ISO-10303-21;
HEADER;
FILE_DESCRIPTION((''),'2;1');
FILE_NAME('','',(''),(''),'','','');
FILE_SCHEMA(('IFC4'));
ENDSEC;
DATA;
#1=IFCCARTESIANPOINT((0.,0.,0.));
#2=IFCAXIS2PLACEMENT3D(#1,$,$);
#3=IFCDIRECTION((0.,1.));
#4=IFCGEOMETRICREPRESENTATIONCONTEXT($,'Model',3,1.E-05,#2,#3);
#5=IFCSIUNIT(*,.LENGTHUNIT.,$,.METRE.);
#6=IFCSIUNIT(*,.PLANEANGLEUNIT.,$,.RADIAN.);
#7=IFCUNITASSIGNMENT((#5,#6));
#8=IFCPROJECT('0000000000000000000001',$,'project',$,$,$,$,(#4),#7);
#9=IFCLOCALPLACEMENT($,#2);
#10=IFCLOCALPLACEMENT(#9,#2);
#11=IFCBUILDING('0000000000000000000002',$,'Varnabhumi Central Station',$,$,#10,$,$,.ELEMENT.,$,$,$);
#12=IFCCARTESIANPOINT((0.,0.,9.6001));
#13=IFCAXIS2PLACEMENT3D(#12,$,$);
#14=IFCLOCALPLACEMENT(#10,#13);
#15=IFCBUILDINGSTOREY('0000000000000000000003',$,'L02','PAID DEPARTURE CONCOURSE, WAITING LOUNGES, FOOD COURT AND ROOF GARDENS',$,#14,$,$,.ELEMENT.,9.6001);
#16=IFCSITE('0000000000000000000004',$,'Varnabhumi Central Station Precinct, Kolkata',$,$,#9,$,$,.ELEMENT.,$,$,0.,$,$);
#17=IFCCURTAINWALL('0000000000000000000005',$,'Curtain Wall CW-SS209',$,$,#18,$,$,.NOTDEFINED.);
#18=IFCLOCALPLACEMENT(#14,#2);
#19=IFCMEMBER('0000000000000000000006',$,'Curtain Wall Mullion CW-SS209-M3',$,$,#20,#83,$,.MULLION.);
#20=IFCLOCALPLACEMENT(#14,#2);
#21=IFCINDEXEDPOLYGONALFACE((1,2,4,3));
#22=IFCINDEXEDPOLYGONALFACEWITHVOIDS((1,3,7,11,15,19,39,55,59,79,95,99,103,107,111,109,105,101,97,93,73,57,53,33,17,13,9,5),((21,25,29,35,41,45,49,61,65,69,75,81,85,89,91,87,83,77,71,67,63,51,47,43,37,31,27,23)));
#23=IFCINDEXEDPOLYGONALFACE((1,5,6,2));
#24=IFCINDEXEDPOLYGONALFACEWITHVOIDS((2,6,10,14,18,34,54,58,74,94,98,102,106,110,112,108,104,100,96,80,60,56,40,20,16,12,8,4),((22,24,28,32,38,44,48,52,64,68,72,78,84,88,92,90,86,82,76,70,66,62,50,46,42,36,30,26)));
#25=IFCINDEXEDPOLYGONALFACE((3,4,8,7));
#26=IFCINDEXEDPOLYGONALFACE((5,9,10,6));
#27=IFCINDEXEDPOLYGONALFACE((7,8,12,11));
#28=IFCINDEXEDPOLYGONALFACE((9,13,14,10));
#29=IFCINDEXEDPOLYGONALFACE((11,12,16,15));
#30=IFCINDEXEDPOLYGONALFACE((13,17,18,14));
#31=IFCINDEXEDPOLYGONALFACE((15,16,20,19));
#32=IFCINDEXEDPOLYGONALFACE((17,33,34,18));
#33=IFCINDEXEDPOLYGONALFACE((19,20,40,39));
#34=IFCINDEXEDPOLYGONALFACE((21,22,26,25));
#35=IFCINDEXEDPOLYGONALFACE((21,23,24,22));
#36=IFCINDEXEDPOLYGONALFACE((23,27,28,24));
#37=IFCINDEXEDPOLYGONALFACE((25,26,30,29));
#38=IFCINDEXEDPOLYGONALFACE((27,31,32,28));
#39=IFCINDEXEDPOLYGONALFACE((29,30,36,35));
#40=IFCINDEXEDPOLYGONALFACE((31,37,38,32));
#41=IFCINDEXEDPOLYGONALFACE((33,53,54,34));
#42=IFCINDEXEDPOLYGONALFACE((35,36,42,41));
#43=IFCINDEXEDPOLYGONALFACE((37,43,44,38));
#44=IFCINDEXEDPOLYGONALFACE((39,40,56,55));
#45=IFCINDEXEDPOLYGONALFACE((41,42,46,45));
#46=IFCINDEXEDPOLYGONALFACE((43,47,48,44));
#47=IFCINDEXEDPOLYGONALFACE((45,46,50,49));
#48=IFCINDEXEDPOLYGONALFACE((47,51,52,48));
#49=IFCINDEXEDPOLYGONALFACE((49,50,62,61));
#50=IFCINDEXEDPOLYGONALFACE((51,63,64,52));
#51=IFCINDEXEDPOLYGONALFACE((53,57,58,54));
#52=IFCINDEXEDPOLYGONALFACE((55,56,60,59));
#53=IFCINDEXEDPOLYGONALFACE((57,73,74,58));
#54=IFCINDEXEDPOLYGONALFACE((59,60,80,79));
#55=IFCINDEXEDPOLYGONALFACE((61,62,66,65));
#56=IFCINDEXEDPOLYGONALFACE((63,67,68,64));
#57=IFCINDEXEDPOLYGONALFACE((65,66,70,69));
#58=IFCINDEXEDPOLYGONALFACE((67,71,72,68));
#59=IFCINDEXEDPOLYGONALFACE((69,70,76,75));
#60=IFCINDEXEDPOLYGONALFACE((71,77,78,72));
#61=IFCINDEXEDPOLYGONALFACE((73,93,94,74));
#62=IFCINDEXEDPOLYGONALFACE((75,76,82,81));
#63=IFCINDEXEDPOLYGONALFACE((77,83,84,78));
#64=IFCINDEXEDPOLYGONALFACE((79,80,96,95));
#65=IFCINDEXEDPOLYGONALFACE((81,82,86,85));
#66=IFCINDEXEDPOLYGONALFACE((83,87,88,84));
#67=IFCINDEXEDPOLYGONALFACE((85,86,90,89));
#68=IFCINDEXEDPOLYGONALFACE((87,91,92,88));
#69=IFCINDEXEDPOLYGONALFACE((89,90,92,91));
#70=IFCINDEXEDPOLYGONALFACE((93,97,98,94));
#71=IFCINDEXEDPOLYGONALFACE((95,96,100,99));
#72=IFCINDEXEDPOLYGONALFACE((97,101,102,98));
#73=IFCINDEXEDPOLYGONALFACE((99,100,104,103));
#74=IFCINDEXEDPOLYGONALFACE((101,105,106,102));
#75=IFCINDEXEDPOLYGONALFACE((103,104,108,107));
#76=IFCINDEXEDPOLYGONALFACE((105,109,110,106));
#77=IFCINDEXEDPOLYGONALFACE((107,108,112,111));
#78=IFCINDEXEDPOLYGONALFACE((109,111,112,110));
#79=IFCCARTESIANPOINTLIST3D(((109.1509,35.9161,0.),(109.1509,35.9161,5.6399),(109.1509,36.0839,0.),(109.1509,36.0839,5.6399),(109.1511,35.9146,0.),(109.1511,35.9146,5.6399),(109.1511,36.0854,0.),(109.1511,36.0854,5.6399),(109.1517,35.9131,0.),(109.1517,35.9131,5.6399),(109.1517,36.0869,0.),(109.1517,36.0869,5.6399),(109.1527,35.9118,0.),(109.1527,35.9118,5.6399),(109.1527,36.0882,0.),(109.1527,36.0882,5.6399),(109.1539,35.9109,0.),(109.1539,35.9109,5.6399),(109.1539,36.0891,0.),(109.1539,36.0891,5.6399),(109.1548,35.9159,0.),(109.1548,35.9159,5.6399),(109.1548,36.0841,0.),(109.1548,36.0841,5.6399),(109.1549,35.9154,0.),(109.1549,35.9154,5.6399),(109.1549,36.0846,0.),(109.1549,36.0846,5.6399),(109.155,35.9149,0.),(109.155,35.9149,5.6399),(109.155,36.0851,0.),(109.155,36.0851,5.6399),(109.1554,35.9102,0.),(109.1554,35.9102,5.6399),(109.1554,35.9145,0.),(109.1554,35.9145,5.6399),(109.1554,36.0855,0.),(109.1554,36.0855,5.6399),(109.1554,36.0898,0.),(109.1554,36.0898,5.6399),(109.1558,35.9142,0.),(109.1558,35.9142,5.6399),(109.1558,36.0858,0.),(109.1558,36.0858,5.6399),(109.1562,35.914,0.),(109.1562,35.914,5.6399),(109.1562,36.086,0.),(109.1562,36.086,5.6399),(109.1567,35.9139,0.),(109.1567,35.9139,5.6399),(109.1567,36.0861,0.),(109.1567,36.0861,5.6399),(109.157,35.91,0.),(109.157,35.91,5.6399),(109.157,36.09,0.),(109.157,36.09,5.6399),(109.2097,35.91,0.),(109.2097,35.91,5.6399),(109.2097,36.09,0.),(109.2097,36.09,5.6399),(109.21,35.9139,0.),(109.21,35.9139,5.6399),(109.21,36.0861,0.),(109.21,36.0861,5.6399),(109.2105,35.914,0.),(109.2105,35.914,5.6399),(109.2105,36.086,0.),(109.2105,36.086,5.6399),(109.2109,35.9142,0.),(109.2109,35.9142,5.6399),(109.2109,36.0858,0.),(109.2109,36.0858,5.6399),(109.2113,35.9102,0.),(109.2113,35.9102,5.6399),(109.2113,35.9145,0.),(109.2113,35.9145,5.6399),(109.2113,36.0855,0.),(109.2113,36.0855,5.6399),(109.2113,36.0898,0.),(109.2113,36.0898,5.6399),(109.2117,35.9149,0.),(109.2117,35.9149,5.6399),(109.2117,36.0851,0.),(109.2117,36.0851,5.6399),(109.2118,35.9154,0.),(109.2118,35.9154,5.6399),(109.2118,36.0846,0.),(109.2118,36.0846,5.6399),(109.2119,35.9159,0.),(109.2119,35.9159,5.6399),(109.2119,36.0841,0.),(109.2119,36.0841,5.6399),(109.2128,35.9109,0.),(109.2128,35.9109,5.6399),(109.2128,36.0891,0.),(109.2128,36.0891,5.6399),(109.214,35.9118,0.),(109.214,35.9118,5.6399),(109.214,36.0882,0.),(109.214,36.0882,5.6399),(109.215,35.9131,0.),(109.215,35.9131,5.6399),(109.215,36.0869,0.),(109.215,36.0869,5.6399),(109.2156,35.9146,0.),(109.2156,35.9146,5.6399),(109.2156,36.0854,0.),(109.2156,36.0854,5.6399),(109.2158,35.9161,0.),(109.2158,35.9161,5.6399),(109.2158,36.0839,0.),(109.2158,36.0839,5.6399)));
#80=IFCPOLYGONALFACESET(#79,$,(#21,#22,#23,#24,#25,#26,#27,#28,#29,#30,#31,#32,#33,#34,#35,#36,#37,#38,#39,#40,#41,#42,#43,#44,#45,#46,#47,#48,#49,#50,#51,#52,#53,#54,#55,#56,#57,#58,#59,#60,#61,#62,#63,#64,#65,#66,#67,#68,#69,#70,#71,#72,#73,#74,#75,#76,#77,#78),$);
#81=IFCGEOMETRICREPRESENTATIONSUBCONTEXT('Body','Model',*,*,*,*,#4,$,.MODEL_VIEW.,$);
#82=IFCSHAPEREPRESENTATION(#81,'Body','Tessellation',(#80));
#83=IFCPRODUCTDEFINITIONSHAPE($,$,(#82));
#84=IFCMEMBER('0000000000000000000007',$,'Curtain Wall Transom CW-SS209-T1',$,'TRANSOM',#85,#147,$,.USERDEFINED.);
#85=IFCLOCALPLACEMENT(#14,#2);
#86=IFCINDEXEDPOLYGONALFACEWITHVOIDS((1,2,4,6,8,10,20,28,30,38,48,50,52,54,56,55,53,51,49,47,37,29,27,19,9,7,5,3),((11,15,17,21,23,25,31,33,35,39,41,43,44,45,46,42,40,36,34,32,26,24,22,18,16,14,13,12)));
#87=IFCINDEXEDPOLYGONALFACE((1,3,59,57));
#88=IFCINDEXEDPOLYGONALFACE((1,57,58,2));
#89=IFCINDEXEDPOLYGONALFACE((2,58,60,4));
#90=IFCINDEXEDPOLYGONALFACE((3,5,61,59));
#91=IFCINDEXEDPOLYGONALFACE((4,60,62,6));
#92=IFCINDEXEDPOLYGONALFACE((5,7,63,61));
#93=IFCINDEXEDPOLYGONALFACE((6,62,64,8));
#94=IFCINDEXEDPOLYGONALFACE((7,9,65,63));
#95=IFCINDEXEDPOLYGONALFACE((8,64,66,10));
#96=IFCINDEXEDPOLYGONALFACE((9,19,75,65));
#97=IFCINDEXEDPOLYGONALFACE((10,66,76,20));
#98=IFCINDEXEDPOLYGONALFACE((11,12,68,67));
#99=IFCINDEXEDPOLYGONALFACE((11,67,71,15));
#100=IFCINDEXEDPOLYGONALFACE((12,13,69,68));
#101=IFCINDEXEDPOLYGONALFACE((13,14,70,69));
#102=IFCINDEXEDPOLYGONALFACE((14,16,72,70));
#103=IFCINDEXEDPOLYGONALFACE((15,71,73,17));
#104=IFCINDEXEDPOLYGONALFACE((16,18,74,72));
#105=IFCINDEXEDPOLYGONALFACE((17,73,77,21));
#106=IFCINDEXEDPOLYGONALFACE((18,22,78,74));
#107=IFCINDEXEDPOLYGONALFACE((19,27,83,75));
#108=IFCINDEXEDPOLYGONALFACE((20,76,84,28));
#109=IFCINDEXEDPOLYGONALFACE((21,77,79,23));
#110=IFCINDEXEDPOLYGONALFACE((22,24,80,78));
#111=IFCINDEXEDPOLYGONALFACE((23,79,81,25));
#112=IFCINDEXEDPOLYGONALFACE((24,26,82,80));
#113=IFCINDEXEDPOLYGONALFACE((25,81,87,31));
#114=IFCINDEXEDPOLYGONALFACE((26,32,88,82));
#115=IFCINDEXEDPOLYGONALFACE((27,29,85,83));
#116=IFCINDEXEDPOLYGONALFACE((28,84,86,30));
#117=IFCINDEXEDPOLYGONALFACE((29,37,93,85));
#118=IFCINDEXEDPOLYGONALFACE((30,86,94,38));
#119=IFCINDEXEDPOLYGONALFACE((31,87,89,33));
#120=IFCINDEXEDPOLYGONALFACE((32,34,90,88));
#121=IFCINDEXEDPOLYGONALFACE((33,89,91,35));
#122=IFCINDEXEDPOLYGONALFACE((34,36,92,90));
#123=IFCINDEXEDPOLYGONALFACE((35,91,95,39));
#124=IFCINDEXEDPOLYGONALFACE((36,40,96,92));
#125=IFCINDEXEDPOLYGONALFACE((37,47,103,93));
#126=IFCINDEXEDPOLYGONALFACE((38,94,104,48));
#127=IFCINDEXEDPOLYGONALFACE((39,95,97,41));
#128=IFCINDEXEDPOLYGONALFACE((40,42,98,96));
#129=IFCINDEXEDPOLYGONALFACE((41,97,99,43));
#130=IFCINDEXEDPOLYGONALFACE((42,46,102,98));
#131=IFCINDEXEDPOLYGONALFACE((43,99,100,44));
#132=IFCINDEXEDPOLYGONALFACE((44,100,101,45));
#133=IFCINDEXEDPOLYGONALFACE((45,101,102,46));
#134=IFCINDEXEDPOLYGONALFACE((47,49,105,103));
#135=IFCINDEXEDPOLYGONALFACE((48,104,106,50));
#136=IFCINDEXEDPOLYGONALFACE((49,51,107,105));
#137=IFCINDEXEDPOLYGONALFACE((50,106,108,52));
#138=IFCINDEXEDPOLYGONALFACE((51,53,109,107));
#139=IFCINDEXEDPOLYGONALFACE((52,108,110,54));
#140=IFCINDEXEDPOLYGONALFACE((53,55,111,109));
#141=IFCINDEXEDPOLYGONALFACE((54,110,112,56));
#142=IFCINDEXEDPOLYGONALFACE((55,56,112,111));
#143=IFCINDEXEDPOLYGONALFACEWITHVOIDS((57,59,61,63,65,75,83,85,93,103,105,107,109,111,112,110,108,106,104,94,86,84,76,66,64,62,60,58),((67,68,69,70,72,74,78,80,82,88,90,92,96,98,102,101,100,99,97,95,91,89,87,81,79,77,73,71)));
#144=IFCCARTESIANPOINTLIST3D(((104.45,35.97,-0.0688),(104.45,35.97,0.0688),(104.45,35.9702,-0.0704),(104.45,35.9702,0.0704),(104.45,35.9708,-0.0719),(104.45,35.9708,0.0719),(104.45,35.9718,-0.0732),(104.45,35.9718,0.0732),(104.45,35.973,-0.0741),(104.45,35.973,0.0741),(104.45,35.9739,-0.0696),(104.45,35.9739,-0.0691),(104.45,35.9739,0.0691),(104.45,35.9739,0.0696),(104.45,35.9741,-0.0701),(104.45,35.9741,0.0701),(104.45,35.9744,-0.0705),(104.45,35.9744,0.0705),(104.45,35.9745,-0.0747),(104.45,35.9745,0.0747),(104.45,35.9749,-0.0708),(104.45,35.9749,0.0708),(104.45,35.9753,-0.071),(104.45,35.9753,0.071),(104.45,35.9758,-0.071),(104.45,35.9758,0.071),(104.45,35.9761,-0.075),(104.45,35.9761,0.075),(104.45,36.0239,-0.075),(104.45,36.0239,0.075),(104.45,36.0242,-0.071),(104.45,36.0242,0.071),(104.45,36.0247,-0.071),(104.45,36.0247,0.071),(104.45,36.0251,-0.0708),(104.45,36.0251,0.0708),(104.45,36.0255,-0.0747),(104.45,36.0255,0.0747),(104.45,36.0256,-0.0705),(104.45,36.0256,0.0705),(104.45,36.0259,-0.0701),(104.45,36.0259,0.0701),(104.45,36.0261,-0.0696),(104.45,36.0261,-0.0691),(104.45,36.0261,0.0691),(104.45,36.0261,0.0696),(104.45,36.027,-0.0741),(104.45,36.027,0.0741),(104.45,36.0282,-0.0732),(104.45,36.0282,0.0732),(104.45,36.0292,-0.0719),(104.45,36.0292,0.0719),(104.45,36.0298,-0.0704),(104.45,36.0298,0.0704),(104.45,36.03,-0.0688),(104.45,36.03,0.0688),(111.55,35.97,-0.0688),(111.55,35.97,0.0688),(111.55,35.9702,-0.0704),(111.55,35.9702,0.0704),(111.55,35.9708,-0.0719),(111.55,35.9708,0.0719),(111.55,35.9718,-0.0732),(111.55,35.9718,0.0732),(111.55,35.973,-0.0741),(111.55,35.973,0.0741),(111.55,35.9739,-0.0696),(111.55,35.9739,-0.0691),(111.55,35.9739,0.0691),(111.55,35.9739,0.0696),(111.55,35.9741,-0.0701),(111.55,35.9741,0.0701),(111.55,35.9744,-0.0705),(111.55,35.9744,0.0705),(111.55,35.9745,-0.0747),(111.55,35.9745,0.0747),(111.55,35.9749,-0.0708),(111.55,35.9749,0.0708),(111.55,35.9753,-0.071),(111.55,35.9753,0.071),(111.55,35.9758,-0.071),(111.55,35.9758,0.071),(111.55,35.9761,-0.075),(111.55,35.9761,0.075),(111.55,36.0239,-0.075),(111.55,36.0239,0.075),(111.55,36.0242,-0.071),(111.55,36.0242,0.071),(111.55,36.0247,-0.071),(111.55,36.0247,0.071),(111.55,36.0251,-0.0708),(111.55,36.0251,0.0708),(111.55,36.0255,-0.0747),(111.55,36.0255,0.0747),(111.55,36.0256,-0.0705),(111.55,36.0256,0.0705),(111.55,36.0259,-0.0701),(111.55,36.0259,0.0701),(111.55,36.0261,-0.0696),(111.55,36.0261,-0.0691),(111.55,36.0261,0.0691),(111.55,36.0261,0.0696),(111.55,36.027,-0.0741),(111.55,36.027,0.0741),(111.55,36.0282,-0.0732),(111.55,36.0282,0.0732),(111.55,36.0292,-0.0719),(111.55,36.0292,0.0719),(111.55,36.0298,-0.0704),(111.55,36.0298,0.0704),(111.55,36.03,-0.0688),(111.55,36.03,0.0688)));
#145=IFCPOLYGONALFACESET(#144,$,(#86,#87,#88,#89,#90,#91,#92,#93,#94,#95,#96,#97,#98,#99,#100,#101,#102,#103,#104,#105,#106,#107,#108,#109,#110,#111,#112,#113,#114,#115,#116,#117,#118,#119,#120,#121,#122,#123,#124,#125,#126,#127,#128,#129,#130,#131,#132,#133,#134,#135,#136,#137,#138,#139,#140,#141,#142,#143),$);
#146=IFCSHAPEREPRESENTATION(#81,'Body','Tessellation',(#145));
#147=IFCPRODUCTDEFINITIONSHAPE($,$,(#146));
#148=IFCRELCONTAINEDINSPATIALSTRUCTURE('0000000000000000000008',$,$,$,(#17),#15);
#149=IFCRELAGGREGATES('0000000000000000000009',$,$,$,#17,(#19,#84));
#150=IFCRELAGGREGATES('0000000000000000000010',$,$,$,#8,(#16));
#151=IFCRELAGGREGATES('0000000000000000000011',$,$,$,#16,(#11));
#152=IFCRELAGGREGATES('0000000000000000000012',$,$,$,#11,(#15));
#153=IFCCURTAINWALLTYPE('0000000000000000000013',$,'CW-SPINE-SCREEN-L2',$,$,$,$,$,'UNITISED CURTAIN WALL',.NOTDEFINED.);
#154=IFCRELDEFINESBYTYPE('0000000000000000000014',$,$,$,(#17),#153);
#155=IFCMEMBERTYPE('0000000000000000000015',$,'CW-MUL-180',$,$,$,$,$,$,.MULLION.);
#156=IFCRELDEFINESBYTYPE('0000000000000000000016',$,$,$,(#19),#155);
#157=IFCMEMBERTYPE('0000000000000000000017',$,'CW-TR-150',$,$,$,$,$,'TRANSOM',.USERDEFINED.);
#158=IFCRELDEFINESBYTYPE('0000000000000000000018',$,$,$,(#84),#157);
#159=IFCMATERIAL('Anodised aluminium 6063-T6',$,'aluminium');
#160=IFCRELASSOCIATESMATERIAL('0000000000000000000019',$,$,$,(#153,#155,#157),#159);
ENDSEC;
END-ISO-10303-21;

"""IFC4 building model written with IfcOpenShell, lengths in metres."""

from ifc_helpers import new_model, si_unit, direction, frame, origin, origin_2d, place, context, subcontext, project, spatial, hollow_rectangle, extrude, material, material_profile, profile_set, type_object, element, aggregate, save


model = new_model("IFC4")

# Units and contexts
model_context = context("Model", 3, precision=1e-05, world=origin(), true_north=direction((0.0, 1.0)))
body_context = subcontext(model_context, "Body", "Model", "MODEL_VIEW")
ifc_project = project(units=[si_unit("LENGTHUNIT", "METRE"), si_unit("PLANEANGLEUNIT", "RADIAN")], contexts=[model_context])

# Site, building, storey
site_placement = place(None, origin())
site = spatial("IfcSite", under=ifc_project, at=site_placement, Name="Varnabhumi Central Station Precinct, Kolkata", CompositionType="ELEMENT", RefElevation=0.0)
building_placement = place(site_placement, origin())
building = spatial("IfcBuilding", under=site, at=building_placement, Name="Varnabhumi Central Station", CompositionType="ELEMENT")
storey_placement = place(building_placement, frame((0.0, 0.0, 9.6001)))
storey = spatial("IfcBuildingStorey", under=building, at=storey_placement, Name="L02", Description="PAID DEPARTURE CONCOURSE, WAITING LOUNGES, FOOD COURT AND ROOF GARDENS", CompositionType="ELEMENT", Elevation=9.6001)

# Curtain wall, members
ifc_material_1 = material(Name="Anodised aluminium 6063-T6", Category="aluminium")
curtain_wall_type = type_object("IfcCurtainWallType", Name="CW-SPINE-SCREEN-L2", ElementType="UNITISED CURTAIN WALL", PredefinedType="NOTDEFINED", material=ifc_material_1)
curtain_wall_placement = place(storey_placement, origin())
curtain_wall = element("IfcCurtainWall", 1, at=curtain_wall_placement, inside=storey, type_object=curtain_wall_type, Name="Curtain Wall CW-SS209", PredefinedType="NOTDEFINED")
ifc_material_profile_1 = material_profile(ifc_material_1, hollow_rectangle(XDim=0.0649, YDim=0.1799, WallThickness=0.0039, InnerFilletRadius=0.002, OuterFilletRadius=0.0061, at=origin_2d()), Name="Anodised aluminium 6063-T6", Category="aluminium")
ifc_profile_set_1 = profile_set([ifc_material_profile_1], Name="Anodised aluminium 6063-T6")
member_type_1 = type_object("IfcMemberType", Name="CW-MUL-180", PredefinedType="MULLION", material=ifc_profile_set_1)
member_1_placement = place(storey_placement, frame((109.1833, 36.0, 0.0), z_axis=(0.0, 0.0, 1.0), x_axis=(1.0, 0.0, 0.0)))
member_1 = element("IfcMember", 2, at=member_1_placement, type_object=member_type_1, Name="Curtain Wall Mullion CW-SS209-M3", PredefinedType="MULLION", context=body_context, shape_type="SweptSolid", body=[
    extrude(hollow_rectangle(XDim=0.0649, YDim=0.1799, WallThickness=0.0039, InnerFilletRadius=0.002, OuterFilletRadius=0.0061, at=origin_2d()), origin(), (0.0, 0.0, 1.0), 5.6399),
])
ifc_material_profile_2 = material_profile(ifc_material_1, hollow_rectangle(XDim=0.0601, YDim=0.1499, WallThickness=0.0039, InnerFilletRadius=0.002, OuterFilletRadius=0.0061, at=origin_2d()), Name="Anodised aluminium 6063-T6", Category="aluminium")
ifc_profile_set_2 = profile_set([ifc_material_profile_2], Name="Anodised aluminium 6063-T6")
member_type_2 = type_object("IfcMemberType", Name="CW-TR-150", ElementType="TRANSOM", PredefinedType="USERDEFINED", material=ifc_profile_set_2)
member_2_placement = place(storey_placement, frame((104.45, 36.0, 0.0), z_axis=(1.0, 0.0, 0.0), x_axis=(0.0, 1.0, 0.0)))
member_2 = element("IfcMember", 3, at=member_2_placement, type_object=member_type_2, Name="Curtain Wall Transom CW-SS209-T1", ObjectType="TRANSOM", PredefinedType="USERDEFINED", context=body_context, shape_type="SweptSolid", body=[
    extrude(hollow_rectangle(XDim=0.0601, YDim=0.1499, WallThickness=0.0039, InnerFilletRadius=0.002, OuterFilletRadius=0.0061, at=origin_2d()), origin(), (0.0, 0.0, 1.0), 7.1001),
])

aggregate(curtain_wall, [member_1, member_2])

save(model, "model.ifc")
